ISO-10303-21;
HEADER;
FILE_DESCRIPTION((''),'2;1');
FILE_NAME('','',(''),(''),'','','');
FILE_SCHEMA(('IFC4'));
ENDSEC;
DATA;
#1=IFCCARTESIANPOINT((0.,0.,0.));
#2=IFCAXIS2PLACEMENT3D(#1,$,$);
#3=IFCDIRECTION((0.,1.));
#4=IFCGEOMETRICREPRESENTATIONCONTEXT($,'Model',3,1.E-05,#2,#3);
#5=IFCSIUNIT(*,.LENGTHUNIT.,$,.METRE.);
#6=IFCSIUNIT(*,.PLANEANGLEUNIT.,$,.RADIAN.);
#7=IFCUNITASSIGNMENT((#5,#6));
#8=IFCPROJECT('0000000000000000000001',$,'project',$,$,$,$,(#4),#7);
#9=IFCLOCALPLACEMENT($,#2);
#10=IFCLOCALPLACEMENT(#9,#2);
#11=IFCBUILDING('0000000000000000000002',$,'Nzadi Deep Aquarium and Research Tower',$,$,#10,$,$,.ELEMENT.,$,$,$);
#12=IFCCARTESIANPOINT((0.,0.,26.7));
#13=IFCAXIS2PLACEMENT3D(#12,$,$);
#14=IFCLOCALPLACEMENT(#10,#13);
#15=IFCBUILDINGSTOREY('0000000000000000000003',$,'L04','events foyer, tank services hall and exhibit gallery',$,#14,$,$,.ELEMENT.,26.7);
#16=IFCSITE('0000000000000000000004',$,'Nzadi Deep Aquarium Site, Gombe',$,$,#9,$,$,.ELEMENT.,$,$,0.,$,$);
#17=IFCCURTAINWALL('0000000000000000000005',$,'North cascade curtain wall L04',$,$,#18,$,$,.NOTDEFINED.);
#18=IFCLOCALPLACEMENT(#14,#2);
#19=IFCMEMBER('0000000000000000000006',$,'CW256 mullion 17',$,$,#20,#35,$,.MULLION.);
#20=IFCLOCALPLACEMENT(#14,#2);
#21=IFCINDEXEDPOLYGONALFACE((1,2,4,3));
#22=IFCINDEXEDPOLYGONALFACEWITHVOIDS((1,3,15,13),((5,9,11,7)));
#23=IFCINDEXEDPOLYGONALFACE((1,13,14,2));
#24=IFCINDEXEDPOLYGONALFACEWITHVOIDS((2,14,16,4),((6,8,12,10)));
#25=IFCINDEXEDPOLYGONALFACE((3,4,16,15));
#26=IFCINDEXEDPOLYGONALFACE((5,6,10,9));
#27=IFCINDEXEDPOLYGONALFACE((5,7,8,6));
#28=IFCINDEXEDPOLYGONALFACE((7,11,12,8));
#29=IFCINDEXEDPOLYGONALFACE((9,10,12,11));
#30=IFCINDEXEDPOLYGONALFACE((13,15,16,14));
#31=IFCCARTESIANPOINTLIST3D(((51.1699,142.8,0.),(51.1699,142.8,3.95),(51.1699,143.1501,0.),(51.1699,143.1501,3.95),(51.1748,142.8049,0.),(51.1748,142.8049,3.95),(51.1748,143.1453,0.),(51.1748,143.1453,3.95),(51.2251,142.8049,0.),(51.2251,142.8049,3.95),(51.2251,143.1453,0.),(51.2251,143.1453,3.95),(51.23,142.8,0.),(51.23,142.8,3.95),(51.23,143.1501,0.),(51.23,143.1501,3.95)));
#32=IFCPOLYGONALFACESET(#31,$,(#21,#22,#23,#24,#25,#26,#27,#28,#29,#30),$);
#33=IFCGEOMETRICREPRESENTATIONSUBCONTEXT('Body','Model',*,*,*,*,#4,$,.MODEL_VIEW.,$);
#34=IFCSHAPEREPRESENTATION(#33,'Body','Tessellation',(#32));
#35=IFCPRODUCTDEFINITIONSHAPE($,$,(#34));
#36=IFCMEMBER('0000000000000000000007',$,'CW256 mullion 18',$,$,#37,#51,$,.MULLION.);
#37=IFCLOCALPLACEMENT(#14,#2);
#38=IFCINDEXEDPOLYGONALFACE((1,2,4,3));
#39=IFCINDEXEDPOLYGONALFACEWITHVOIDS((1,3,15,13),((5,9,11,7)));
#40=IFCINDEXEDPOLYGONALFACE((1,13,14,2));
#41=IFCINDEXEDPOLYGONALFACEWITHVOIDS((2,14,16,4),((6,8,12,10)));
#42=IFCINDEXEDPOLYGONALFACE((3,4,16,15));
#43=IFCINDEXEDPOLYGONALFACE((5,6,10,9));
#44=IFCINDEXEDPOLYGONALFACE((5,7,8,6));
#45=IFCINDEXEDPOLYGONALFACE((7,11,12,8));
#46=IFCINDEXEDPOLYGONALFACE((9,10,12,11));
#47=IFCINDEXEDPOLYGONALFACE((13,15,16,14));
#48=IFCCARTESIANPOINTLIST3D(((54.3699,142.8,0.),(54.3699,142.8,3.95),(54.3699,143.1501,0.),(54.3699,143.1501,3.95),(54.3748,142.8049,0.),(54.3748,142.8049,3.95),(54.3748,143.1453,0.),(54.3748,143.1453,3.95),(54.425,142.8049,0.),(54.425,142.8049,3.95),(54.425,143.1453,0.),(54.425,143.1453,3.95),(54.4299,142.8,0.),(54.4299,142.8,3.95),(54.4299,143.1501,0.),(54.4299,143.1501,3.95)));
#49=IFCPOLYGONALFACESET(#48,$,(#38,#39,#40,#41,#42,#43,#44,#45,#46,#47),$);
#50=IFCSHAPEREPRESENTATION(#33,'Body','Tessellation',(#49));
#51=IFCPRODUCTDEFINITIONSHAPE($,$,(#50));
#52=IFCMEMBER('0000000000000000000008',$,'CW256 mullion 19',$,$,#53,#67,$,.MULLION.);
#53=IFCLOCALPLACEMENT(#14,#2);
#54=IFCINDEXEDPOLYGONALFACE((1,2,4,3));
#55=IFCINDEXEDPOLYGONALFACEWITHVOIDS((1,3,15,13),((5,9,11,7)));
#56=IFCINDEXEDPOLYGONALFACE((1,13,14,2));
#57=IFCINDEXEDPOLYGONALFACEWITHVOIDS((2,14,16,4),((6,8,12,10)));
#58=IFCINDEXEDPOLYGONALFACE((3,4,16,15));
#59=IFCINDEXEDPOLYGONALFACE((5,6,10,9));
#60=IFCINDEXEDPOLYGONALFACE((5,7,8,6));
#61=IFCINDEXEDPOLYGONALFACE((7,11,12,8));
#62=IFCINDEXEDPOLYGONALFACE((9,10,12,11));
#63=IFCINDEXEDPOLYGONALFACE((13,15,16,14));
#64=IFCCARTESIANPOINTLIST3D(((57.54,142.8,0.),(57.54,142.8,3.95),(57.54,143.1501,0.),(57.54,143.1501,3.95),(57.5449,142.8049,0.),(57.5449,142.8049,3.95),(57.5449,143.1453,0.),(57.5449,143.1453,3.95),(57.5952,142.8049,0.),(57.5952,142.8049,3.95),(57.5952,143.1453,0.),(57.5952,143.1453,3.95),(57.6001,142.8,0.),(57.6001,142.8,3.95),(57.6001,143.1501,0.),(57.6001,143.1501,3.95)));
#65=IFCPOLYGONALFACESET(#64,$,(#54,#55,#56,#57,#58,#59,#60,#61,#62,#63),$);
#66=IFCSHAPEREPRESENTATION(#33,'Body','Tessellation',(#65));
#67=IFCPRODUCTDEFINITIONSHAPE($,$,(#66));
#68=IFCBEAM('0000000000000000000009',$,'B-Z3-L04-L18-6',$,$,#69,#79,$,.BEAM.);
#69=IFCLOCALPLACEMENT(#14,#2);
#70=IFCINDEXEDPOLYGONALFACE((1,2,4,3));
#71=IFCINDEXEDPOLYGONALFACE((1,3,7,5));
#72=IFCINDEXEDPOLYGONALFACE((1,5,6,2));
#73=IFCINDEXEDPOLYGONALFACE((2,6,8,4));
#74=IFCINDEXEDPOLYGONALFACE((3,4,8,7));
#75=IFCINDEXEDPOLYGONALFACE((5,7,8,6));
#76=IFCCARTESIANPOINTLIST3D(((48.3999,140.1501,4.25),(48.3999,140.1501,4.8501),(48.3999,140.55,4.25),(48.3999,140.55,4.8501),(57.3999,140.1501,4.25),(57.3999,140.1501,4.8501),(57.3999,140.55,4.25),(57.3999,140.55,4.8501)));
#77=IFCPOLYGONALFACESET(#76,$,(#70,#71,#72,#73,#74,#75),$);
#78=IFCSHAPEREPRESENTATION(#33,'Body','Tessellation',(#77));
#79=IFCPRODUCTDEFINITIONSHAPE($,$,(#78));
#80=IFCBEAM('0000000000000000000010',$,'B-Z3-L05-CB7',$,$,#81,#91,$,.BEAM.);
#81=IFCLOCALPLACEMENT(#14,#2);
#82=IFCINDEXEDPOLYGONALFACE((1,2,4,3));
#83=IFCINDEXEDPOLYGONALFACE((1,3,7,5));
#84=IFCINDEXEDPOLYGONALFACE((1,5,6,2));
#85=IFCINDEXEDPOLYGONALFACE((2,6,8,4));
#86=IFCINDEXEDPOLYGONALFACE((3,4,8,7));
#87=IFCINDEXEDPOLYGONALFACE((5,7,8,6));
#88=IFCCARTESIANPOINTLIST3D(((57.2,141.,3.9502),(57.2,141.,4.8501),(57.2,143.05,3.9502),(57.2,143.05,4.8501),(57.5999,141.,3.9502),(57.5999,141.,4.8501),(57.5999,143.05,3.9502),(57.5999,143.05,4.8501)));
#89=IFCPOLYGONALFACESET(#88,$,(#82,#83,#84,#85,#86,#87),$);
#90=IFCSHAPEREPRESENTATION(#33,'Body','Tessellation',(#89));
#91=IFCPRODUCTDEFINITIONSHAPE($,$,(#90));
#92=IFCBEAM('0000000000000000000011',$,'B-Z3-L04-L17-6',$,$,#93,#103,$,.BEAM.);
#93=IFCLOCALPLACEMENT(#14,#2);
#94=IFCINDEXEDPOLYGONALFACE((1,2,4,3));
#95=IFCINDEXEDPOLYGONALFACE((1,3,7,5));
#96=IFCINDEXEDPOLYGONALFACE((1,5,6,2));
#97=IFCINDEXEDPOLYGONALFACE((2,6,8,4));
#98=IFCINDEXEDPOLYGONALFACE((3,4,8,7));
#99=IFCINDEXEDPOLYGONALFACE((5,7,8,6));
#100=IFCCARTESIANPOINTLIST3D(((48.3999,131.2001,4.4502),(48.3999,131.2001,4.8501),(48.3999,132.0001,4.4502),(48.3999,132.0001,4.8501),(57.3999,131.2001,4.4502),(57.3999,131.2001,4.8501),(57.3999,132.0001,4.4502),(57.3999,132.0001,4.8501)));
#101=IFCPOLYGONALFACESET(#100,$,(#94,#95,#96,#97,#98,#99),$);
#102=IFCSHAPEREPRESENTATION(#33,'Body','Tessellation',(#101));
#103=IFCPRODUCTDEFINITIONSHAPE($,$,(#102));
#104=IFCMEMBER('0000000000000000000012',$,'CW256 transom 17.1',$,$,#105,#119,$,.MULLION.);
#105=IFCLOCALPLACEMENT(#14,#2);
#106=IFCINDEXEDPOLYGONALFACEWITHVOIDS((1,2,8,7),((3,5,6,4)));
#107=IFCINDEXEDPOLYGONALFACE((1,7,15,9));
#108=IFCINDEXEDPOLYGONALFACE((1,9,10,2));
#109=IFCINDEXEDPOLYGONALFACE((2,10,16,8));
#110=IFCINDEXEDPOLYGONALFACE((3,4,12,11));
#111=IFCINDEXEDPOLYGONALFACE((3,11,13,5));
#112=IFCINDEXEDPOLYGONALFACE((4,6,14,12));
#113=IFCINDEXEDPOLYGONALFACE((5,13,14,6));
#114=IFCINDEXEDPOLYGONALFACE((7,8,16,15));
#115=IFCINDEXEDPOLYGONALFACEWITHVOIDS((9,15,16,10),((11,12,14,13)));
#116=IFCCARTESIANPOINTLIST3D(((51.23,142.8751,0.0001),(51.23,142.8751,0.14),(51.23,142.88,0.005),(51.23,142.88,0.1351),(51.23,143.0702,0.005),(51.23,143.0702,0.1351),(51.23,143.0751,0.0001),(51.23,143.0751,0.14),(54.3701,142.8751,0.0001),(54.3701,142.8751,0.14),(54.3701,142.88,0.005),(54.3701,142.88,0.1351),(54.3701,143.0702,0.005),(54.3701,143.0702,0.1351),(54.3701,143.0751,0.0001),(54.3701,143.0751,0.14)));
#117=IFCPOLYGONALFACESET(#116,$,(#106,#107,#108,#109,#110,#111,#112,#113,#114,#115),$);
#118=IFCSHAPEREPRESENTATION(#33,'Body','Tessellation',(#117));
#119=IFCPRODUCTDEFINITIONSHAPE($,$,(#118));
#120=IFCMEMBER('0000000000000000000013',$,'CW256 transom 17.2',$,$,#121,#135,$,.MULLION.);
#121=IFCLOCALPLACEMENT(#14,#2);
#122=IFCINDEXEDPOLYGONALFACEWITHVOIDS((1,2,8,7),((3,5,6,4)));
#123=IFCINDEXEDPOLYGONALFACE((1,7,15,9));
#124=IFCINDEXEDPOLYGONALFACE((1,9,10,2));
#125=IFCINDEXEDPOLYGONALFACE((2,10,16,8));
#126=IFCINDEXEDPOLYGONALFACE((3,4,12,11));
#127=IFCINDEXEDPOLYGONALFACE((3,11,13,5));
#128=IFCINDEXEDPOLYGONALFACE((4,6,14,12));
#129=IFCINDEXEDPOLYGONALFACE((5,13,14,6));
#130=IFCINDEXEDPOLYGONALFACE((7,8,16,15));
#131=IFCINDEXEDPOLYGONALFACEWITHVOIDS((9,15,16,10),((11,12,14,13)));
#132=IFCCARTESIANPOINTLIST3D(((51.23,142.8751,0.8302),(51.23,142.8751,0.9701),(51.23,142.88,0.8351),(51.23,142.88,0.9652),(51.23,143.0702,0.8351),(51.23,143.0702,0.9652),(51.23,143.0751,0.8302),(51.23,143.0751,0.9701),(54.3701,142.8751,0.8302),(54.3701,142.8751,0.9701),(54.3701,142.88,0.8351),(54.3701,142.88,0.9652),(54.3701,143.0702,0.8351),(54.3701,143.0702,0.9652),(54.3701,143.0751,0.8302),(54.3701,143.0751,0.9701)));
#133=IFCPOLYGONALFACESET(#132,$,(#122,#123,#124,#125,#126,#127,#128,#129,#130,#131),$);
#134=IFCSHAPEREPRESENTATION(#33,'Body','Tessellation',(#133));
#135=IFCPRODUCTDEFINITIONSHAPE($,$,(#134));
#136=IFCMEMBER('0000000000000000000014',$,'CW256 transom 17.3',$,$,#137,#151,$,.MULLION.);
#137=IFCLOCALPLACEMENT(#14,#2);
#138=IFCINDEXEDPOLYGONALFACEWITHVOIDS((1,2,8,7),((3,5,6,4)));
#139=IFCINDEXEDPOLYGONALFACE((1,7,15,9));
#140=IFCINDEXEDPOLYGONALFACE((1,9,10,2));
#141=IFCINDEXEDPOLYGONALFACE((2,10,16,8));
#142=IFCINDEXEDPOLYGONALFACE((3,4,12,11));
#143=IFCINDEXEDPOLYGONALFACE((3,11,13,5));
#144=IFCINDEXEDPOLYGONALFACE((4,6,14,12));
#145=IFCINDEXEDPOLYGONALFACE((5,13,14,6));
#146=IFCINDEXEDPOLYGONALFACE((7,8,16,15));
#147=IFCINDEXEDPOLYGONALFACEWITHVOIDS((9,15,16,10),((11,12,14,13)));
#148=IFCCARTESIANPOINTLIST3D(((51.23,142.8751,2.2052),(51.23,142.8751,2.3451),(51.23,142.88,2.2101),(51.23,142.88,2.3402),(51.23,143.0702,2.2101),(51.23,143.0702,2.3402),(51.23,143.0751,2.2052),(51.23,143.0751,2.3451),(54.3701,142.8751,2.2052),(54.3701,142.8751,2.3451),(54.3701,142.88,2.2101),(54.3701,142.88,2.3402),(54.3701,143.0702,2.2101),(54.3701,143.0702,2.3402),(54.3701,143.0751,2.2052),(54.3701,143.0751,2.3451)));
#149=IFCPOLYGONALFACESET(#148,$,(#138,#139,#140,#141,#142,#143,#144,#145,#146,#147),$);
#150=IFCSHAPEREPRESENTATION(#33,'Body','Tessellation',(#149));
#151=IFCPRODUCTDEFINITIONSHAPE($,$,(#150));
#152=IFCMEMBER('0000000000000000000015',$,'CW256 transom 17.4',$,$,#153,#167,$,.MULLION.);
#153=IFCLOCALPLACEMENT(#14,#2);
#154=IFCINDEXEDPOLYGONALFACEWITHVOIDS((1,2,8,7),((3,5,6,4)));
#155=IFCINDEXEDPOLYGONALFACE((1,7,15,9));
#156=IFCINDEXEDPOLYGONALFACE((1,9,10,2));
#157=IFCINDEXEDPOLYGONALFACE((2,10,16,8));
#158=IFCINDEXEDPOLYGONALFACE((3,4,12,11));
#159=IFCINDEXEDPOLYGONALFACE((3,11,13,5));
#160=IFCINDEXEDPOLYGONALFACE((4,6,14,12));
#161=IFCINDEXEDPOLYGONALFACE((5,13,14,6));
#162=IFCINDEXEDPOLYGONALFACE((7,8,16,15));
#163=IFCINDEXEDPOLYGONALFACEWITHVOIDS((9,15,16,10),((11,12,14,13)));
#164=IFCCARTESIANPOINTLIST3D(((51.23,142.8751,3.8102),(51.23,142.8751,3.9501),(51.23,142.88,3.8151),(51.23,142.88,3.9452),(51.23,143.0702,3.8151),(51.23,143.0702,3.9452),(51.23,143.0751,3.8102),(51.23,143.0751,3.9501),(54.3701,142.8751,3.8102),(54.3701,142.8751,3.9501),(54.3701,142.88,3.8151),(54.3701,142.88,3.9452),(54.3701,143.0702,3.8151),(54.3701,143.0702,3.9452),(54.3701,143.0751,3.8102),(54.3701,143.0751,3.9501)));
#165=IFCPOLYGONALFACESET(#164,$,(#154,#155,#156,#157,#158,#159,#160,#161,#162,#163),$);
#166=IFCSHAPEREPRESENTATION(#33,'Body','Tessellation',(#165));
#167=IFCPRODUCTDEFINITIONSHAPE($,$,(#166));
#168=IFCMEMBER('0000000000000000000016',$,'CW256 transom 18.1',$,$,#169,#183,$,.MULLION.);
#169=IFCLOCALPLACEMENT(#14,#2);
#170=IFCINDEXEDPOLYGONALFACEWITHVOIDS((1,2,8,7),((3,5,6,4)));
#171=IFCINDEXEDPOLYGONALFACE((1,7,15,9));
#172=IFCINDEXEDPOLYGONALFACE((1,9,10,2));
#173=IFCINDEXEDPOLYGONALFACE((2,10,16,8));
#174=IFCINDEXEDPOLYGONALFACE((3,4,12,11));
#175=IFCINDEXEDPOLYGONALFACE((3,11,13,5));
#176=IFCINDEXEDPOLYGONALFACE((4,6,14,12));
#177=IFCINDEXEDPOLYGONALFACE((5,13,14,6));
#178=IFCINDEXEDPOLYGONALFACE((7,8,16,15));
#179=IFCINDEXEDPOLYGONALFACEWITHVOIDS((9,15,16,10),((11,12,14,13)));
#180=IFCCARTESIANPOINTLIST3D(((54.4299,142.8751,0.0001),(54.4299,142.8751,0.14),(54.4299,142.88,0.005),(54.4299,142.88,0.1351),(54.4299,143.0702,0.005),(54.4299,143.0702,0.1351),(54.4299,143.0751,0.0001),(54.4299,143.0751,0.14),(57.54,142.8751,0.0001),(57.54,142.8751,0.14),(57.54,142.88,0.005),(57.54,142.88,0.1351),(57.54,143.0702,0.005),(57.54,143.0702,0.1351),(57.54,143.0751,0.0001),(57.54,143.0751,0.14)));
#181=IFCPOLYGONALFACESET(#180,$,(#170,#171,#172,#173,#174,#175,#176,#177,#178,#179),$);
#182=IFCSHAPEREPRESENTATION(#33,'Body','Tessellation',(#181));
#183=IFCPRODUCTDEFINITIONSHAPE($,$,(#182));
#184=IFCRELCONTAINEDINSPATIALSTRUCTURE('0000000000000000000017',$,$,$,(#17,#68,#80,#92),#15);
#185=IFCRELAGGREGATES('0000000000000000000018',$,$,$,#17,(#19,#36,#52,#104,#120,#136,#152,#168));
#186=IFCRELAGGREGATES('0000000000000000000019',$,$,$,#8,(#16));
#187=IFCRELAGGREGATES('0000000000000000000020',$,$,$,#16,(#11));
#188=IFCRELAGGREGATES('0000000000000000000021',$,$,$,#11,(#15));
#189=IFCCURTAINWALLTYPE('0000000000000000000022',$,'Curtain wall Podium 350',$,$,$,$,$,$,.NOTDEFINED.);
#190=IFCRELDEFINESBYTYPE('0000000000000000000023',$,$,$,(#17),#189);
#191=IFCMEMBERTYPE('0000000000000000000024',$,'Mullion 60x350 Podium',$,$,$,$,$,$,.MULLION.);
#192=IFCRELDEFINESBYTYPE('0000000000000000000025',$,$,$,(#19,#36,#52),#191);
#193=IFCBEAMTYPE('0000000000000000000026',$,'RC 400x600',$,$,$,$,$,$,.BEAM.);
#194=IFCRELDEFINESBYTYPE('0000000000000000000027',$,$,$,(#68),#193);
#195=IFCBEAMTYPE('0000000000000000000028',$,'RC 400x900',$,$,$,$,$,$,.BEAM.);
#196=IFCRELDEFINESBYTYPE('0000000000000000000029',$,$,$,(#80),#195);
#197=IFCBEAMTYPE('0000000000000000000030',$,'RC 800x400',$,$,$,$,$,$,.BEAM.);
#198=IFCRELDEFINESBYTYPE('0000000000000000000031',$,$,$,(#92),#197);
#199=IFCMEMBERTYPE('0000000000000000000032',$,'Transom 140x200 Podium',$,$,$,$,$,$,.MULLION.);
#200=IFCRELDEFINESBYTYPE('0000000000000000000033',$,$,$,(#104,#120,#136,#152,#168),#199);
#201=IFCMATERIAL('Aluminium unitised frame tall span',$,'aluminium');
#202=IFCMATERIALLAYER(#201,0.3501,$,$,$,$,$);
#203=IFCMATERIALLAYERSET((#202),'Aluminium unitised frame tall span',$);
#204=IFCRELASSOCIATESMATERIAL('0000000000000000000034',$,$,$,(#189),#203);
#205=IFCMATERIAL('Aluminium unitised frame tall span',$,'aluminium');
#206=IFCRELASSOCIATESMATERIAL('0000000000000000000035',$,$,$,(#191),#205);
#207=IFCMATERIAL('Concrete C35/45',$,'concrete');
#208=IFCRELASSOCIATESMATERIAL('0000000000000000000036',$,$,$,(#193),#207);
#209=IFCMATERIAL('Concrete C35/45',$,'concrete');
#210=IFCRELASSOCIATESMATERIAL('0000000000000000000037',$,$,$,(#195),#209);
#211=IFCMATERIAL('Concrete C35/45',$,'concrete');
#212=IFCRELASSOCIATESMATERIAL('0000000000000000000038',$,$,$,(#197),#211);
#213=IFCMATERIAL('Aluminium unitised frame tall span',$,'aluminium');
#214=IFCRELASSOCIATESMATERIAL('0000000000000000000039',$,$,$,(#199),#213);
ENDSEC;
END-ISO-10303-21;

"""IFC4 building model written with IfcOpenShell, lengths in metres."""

from ifc_helpers import new_model, si_unit, direction, frame, origin, origin_2d, place, context, subcontext, project, spatial, rectangle, hollow_rectangle, extrude, material, layer, layer_set, material_profile, profile_set, type_object, element, aggregate, save


model = new_model("IFC4")

# Units and contexts
model_context = context("Model", 3, precision=1e-05, world=origin(), true_north=direction((0.0, 1.0)))
body_context = subcontext(model_context, "Body", "Model", "MODEL_VIEW")
ifc_project = project(units=[si_unit("LENGTHUNIT", "METRE"), si_unit("PLANEANGLEUNIT", "RADIAN")], contexts=[model_context])

# Site, building, storey
site_placement = place(None, origin())
site = spatial("IfcSite", under=ifc_project, at=site_placement, Name="Nzadi Deep Aquarium Site, Gombe", CompositionType="ELEMENT", RefElevation=0.0)
building_placement = place(site_placement, origin())
building = spatial("IfcBuilding", under=site, at=building_placement, Name="Nzadi Deep Aquarium and Research Tower", CompositionType="ELEMENT")
storey_placement = place(building_placement, frame((0.0, 0.0, 26.7)))
storey = spatial("IfcBuildingStorey", under=building, at=storey_placement, Name="L04", Description="events foyer, tank services hall and exhibit gallery", CompositionType="ELEMENT", Elevation=26.7)

# Curtain wall, members
ifc_material_1 = material(Name="Aluminium unitised frame tall span", Category="aluminium")
ifc_layer_1 = layer(ifc_material_1, 0.3501)
ifc_layer_set_1 = layer_set([ifc_layer_1], Name="Aluminium unitised frame tall span")
curtain_wall_type = type_object("IfcCurtainWallType", Name="Curtain wall Podium 350", PredefinedType="NOTDEFINED", material=ifc_layer_set_1)
curtain_wall_placement = place(storey_placement, origin())
curtain_wall = element("IfcCurtainWall", 1, at=curtain_wall_placement, inside=storey, type_object=curtain_wall_type, Name="North cascade curtain wall L04", PredefinedType="NOTDEFINED")
ifc_material_2 = material(Name="Aluminium unitised frame tall span", Category="aluminium")
ifc_material_profile_1 = material_profile(ifc_material_2, hollow_rectangle(XDim=0.3501, YDim=0.0601, WallThickness=0.0049, at=origin_2d()))
ifc_profile_set_1 = profile_set([ifc_material_profile_1], Name="Aluminium unitised frame tall span")
member_type_1 = type_object("IfcMemberType", Name="Mullion 60x350 Podium", PredefinedType="MULLION", material=ifc_profile_set_1)
member_1_placement = place(storey_placement, frame((51.2, 142.9751, 0.0), z_axis=(0.0, 0.0, 1.0), x_axis=(0.0, 1.0, 0.0)))
member_1 = element("IfcMember", 2, at=member_1_placement, type_object=member_type_1, Name="CW256 mullion 17", PredefinedType="MULLION", context=body_context, shape_type="SweptSolid", body=[
    extrude(hollow_rectangle(XDim=0.3501, YDim=0.0601, WallThickness=0.0049, at=origin_2d()), origin(), (0.0, 0.0, 1.0), 3.95),
])
member_2_placement = place(storey_placement, frame((54.3999, 142.9751, 0.0), z_axis=(0.0, 0.0, 1.0), x_axis=(0.0, 1.0, 0.0)))
member_2 = element("IfcMember", 3, at=member_2_placement, type_object=member_type_1, Name="CW256 mullion 18", PredefinedType="MULLION", context=body_context, shape_type="SweptSolid", body=[
    extrude(hollow_rectangle(XDim=0.3501, YDim=0.0601, WallThickness=0.0049, at=origin_2d()), origin(), (0.0, 0.0, 1.0), 3.95),
])
member_3_placement = place(storey_placement, frame((57.5701, 142.9751, 0.0), z_axis=(0.0, 0.0, 1.0), x_axis=(0.0, 1.0, 0.0)))
member_3 = element("IfcMember", 4, at=member_3_placement, type_object=member_type_1, Name="CW256 mullion 19", PredefinedType="MULLION", context=body_context, shape_type="SweptSolid", body=[
    extrude(hollow_rectangle(XDim=0.3501, YDim=0.0601, WallThickness=0.0049, at=origin_2d()), origin(), (0.0, 0.0, 1.0), 3.95),
])

# Beams
ifc_material_3 = material(Name="Concrete C35/45", Category="concrete")
ifc_material_profile_2 = material_profile(ifc_material_3, rectangle(XDim=0.3999, YDim=0.6001, at=origin_2d()))
ifc_profile_set_2 = profile_set([ifc_material_profile_2], Name="Concrete C35/45")
beam_type_1 = type_object("IfcBeamType", Name="RC 400x600", PredefinedType="BEAM", material=ifc_profile_set_2)
beam_1_placement = place(storey_placement, frame((48.3999, 140.3501, 4.55), z_axis=(1.0, 0.0, 0.0), x_axis=(0.0, 1.0, 0.0)))
element("IfcBeam", 5, at=beam_1_placement, inside=storey, type_object=beam_type_1, Name="B-Z3-L04-L18-6", PredefinedType="BEAM", context=body_context, shape_type="SweptSolid", body=[
    extrude(rectangle(XDim=0.3999, YDim=0.6001, at=origin_2d()), origin(), (0.0, 0.0, 1.0), 9.0),
])
ifc_material_4 = material(Name="Concrete C35/45", Category="concrete")
ifc_material_profile_3 = material_profile(ifc_material_4, rectangle(XDim=0.3999, YDim=0.8999, at=origin_2d()))
ifc_profile_set_3 = profile_set([ifc_material_profile_3], Name="Concrete C35/45")
beam_type_2 = type_object("IfcBeamType", Name="RC 400x900", PredefinedType="BEAM", material=ifc_profile_set_3)
beam_2_placement = place(storey_placement, frame((57.3999, 141.0, 4.4001), z_axis=(0.0, 1.0, 0.0), x_axis=(-1.0, 0.0, 0.0)))
element("IfcBeam", 6, at=beam_2_placement, inside=storey, type_object=beam_type_2, Name="B-Z3-L05-CB7", PredefinedType="BEAM", context=body_context, shape_type="SweptSolid", body=[
    extrude(rectangle(XDim=0.3999, YDim=0.8999, at=origin_2d()), origin(), (0.0, 0.0, 1.0), 2.05),
])
ifc_material_5 = material(Name="Concrete C35/45", Category="concrete")
ifc_material_profile_4 = material_profile(ifc_material_5, rectangle(XDim=0.8, YDim=0.3999, at=origin_2d()))
ifc_profile_set_4 = profile_set([ifc_material_profile_4], Name="Concrete C35/45")
beam_type_3 = type_object("IfcBeamType", Name="RC 800x400", PredefinedType="BEAM", material=ifc_profile_set_4)
beam_3_placement = place(storey_placement, frame((48.3999, 131.6001, 4.6501), z_axis=(1.0, 0.0, 0.0), x_axis=(0.0, 1.0, 0.0)))
element("IfcBeam", 7, at=beam_3_placement, inside=storey, type_object=beam_type_3, Name="B-Z3-L04-L17-6", PredefinedType="BEAM", context=body_context, shape_type="SweptSolid", body=[
    extrude(rectangle(XDim=0.8, YDim=0.3999, at=origin_2d()), origin(), (0.0, 0.0, 1.0), 9.0),
])

# Members
ifc_material_6 = material(Name="Aluminium unitised frame tall span", Category="aluminium")
ifc_material_profile_5 = material_profile(ifc_material_6, hollow_rectangle(XDim=0.2, YDim=0.1399, WallThickness=0.0049, at=origin_2d()))
ifc_profile_set_5 = profile_set([ifc_material_profile_5], Name="Aluminium unitised frame tall span")
member_type_2 = type_object("IfcMemberType", Name="Transom 140x200 Podium", PredefinedType="MULLION", material=ifc_profile_set_5)
member_4_placement = place(storey_placement, frame((51.23, 142.9751, 0.0701), z_axis=(1.0, 0.0, 0.0), x_axis=(0.0, 1.0, 0.0)))
member_4 = element("IfcMember", 8, at=member_4_placement, type_object=member_type_2, Name="CW256 transom 17.1", PredefinedType="MULLION", context=body_context, shape_type="SweptSolid", body=[
    extrude(hollow_rectangle(XDim=0.2, YDim=0.1399, WallThickness=0.0049, at=origin_2d()), origin(), (0.0, 0.0, 1.0), 3.1401),
])
member_5_placement = place(storey_placement, frame((51.23, 142.9751, 0.9001), z_axis=(1.0, 0.0, 0.0), x_axis=(0.0, 1.0, 0.0)))
member_5 = element("IfcMember", 9, at=member_5_placement, type_object=member_type_2, Name="CW256 transom 17.2", PredefinedType="MULLION", context=body_context, shape_type="SweptSolid", body=[
    extrude(hollow_rectangle(XDim=0.2, YDim=0.1399, WallThickness=0.0049, at=origin_2d()), origin(), (0.0, 0.0, 1.0), 3.1401),
])
member_6_placement = place(storey_placement, frame((51.23, 142.9751, 2.2751), z_axis=(1.0, 0.0, 0.0), x_axis=(0.0, 1.0, 0.0)))
member_6 = element("IfcMember", 10, at=member_6_placement, type_object=member_type_2, Name="CW256 transom 17.3", PredefinedType="MULLION", context=body_context, shape_type="SweptSolid", body=[
    extrude(hollow_rectangle(XDim=0.2, YDim=0.1399, WallThickness=0.0049, at=origin_2d()), origin(), (0.0, 0.0, 1.0), 3.1401),
])
member_7_placement = place(storey_placement, frame((51.23, 142.9751, 3.8801), z_axis=(1.0, 0.0, 0.0), x_axis=(0.0, 1.0, 0.0)))
member_7 = element("IfcMember", 11, at=member_7_placement, type_object=member_type_2, Name="CW256 transom 17.4", PredefinedType="MULLION", context=body_context, shape_type="SweptSolid", body=[
    extrude(hollow_rectangle(XDim=0.2, YDim=0.1399, WallThickness=0.0049, at=origin_2d()), origin(), (0.0, 0.0, 1.0), 3.1401),
])
member_8_placement = place(storey_placement, frame((54.4299, 142.9751, 0.0701), z_axis=(1.0, 0.0, 0.0), x_axis=(0.0, 1.0, 0.0)))
member_8 = element("IfcMember", 12, at=member_8_placement, type_object=member_type_2, Name="CW256 transom 18.1", PredefinedType="MULLION", context=body_context, shape_type="SweptSolid", body=[
    extrude(hollow_rectangle(XDim=0.2, YDim=0.1399, WallThickness=0.0049, at=origin_2d()), origin(), (0.0, 0.0, 1.0), 3.1101),
])

aggregate(curtain_wall, [member_1, member_2, member_3, member_4, member_5, member_6, member_7, member_8])

save(model, "model.ifc")
